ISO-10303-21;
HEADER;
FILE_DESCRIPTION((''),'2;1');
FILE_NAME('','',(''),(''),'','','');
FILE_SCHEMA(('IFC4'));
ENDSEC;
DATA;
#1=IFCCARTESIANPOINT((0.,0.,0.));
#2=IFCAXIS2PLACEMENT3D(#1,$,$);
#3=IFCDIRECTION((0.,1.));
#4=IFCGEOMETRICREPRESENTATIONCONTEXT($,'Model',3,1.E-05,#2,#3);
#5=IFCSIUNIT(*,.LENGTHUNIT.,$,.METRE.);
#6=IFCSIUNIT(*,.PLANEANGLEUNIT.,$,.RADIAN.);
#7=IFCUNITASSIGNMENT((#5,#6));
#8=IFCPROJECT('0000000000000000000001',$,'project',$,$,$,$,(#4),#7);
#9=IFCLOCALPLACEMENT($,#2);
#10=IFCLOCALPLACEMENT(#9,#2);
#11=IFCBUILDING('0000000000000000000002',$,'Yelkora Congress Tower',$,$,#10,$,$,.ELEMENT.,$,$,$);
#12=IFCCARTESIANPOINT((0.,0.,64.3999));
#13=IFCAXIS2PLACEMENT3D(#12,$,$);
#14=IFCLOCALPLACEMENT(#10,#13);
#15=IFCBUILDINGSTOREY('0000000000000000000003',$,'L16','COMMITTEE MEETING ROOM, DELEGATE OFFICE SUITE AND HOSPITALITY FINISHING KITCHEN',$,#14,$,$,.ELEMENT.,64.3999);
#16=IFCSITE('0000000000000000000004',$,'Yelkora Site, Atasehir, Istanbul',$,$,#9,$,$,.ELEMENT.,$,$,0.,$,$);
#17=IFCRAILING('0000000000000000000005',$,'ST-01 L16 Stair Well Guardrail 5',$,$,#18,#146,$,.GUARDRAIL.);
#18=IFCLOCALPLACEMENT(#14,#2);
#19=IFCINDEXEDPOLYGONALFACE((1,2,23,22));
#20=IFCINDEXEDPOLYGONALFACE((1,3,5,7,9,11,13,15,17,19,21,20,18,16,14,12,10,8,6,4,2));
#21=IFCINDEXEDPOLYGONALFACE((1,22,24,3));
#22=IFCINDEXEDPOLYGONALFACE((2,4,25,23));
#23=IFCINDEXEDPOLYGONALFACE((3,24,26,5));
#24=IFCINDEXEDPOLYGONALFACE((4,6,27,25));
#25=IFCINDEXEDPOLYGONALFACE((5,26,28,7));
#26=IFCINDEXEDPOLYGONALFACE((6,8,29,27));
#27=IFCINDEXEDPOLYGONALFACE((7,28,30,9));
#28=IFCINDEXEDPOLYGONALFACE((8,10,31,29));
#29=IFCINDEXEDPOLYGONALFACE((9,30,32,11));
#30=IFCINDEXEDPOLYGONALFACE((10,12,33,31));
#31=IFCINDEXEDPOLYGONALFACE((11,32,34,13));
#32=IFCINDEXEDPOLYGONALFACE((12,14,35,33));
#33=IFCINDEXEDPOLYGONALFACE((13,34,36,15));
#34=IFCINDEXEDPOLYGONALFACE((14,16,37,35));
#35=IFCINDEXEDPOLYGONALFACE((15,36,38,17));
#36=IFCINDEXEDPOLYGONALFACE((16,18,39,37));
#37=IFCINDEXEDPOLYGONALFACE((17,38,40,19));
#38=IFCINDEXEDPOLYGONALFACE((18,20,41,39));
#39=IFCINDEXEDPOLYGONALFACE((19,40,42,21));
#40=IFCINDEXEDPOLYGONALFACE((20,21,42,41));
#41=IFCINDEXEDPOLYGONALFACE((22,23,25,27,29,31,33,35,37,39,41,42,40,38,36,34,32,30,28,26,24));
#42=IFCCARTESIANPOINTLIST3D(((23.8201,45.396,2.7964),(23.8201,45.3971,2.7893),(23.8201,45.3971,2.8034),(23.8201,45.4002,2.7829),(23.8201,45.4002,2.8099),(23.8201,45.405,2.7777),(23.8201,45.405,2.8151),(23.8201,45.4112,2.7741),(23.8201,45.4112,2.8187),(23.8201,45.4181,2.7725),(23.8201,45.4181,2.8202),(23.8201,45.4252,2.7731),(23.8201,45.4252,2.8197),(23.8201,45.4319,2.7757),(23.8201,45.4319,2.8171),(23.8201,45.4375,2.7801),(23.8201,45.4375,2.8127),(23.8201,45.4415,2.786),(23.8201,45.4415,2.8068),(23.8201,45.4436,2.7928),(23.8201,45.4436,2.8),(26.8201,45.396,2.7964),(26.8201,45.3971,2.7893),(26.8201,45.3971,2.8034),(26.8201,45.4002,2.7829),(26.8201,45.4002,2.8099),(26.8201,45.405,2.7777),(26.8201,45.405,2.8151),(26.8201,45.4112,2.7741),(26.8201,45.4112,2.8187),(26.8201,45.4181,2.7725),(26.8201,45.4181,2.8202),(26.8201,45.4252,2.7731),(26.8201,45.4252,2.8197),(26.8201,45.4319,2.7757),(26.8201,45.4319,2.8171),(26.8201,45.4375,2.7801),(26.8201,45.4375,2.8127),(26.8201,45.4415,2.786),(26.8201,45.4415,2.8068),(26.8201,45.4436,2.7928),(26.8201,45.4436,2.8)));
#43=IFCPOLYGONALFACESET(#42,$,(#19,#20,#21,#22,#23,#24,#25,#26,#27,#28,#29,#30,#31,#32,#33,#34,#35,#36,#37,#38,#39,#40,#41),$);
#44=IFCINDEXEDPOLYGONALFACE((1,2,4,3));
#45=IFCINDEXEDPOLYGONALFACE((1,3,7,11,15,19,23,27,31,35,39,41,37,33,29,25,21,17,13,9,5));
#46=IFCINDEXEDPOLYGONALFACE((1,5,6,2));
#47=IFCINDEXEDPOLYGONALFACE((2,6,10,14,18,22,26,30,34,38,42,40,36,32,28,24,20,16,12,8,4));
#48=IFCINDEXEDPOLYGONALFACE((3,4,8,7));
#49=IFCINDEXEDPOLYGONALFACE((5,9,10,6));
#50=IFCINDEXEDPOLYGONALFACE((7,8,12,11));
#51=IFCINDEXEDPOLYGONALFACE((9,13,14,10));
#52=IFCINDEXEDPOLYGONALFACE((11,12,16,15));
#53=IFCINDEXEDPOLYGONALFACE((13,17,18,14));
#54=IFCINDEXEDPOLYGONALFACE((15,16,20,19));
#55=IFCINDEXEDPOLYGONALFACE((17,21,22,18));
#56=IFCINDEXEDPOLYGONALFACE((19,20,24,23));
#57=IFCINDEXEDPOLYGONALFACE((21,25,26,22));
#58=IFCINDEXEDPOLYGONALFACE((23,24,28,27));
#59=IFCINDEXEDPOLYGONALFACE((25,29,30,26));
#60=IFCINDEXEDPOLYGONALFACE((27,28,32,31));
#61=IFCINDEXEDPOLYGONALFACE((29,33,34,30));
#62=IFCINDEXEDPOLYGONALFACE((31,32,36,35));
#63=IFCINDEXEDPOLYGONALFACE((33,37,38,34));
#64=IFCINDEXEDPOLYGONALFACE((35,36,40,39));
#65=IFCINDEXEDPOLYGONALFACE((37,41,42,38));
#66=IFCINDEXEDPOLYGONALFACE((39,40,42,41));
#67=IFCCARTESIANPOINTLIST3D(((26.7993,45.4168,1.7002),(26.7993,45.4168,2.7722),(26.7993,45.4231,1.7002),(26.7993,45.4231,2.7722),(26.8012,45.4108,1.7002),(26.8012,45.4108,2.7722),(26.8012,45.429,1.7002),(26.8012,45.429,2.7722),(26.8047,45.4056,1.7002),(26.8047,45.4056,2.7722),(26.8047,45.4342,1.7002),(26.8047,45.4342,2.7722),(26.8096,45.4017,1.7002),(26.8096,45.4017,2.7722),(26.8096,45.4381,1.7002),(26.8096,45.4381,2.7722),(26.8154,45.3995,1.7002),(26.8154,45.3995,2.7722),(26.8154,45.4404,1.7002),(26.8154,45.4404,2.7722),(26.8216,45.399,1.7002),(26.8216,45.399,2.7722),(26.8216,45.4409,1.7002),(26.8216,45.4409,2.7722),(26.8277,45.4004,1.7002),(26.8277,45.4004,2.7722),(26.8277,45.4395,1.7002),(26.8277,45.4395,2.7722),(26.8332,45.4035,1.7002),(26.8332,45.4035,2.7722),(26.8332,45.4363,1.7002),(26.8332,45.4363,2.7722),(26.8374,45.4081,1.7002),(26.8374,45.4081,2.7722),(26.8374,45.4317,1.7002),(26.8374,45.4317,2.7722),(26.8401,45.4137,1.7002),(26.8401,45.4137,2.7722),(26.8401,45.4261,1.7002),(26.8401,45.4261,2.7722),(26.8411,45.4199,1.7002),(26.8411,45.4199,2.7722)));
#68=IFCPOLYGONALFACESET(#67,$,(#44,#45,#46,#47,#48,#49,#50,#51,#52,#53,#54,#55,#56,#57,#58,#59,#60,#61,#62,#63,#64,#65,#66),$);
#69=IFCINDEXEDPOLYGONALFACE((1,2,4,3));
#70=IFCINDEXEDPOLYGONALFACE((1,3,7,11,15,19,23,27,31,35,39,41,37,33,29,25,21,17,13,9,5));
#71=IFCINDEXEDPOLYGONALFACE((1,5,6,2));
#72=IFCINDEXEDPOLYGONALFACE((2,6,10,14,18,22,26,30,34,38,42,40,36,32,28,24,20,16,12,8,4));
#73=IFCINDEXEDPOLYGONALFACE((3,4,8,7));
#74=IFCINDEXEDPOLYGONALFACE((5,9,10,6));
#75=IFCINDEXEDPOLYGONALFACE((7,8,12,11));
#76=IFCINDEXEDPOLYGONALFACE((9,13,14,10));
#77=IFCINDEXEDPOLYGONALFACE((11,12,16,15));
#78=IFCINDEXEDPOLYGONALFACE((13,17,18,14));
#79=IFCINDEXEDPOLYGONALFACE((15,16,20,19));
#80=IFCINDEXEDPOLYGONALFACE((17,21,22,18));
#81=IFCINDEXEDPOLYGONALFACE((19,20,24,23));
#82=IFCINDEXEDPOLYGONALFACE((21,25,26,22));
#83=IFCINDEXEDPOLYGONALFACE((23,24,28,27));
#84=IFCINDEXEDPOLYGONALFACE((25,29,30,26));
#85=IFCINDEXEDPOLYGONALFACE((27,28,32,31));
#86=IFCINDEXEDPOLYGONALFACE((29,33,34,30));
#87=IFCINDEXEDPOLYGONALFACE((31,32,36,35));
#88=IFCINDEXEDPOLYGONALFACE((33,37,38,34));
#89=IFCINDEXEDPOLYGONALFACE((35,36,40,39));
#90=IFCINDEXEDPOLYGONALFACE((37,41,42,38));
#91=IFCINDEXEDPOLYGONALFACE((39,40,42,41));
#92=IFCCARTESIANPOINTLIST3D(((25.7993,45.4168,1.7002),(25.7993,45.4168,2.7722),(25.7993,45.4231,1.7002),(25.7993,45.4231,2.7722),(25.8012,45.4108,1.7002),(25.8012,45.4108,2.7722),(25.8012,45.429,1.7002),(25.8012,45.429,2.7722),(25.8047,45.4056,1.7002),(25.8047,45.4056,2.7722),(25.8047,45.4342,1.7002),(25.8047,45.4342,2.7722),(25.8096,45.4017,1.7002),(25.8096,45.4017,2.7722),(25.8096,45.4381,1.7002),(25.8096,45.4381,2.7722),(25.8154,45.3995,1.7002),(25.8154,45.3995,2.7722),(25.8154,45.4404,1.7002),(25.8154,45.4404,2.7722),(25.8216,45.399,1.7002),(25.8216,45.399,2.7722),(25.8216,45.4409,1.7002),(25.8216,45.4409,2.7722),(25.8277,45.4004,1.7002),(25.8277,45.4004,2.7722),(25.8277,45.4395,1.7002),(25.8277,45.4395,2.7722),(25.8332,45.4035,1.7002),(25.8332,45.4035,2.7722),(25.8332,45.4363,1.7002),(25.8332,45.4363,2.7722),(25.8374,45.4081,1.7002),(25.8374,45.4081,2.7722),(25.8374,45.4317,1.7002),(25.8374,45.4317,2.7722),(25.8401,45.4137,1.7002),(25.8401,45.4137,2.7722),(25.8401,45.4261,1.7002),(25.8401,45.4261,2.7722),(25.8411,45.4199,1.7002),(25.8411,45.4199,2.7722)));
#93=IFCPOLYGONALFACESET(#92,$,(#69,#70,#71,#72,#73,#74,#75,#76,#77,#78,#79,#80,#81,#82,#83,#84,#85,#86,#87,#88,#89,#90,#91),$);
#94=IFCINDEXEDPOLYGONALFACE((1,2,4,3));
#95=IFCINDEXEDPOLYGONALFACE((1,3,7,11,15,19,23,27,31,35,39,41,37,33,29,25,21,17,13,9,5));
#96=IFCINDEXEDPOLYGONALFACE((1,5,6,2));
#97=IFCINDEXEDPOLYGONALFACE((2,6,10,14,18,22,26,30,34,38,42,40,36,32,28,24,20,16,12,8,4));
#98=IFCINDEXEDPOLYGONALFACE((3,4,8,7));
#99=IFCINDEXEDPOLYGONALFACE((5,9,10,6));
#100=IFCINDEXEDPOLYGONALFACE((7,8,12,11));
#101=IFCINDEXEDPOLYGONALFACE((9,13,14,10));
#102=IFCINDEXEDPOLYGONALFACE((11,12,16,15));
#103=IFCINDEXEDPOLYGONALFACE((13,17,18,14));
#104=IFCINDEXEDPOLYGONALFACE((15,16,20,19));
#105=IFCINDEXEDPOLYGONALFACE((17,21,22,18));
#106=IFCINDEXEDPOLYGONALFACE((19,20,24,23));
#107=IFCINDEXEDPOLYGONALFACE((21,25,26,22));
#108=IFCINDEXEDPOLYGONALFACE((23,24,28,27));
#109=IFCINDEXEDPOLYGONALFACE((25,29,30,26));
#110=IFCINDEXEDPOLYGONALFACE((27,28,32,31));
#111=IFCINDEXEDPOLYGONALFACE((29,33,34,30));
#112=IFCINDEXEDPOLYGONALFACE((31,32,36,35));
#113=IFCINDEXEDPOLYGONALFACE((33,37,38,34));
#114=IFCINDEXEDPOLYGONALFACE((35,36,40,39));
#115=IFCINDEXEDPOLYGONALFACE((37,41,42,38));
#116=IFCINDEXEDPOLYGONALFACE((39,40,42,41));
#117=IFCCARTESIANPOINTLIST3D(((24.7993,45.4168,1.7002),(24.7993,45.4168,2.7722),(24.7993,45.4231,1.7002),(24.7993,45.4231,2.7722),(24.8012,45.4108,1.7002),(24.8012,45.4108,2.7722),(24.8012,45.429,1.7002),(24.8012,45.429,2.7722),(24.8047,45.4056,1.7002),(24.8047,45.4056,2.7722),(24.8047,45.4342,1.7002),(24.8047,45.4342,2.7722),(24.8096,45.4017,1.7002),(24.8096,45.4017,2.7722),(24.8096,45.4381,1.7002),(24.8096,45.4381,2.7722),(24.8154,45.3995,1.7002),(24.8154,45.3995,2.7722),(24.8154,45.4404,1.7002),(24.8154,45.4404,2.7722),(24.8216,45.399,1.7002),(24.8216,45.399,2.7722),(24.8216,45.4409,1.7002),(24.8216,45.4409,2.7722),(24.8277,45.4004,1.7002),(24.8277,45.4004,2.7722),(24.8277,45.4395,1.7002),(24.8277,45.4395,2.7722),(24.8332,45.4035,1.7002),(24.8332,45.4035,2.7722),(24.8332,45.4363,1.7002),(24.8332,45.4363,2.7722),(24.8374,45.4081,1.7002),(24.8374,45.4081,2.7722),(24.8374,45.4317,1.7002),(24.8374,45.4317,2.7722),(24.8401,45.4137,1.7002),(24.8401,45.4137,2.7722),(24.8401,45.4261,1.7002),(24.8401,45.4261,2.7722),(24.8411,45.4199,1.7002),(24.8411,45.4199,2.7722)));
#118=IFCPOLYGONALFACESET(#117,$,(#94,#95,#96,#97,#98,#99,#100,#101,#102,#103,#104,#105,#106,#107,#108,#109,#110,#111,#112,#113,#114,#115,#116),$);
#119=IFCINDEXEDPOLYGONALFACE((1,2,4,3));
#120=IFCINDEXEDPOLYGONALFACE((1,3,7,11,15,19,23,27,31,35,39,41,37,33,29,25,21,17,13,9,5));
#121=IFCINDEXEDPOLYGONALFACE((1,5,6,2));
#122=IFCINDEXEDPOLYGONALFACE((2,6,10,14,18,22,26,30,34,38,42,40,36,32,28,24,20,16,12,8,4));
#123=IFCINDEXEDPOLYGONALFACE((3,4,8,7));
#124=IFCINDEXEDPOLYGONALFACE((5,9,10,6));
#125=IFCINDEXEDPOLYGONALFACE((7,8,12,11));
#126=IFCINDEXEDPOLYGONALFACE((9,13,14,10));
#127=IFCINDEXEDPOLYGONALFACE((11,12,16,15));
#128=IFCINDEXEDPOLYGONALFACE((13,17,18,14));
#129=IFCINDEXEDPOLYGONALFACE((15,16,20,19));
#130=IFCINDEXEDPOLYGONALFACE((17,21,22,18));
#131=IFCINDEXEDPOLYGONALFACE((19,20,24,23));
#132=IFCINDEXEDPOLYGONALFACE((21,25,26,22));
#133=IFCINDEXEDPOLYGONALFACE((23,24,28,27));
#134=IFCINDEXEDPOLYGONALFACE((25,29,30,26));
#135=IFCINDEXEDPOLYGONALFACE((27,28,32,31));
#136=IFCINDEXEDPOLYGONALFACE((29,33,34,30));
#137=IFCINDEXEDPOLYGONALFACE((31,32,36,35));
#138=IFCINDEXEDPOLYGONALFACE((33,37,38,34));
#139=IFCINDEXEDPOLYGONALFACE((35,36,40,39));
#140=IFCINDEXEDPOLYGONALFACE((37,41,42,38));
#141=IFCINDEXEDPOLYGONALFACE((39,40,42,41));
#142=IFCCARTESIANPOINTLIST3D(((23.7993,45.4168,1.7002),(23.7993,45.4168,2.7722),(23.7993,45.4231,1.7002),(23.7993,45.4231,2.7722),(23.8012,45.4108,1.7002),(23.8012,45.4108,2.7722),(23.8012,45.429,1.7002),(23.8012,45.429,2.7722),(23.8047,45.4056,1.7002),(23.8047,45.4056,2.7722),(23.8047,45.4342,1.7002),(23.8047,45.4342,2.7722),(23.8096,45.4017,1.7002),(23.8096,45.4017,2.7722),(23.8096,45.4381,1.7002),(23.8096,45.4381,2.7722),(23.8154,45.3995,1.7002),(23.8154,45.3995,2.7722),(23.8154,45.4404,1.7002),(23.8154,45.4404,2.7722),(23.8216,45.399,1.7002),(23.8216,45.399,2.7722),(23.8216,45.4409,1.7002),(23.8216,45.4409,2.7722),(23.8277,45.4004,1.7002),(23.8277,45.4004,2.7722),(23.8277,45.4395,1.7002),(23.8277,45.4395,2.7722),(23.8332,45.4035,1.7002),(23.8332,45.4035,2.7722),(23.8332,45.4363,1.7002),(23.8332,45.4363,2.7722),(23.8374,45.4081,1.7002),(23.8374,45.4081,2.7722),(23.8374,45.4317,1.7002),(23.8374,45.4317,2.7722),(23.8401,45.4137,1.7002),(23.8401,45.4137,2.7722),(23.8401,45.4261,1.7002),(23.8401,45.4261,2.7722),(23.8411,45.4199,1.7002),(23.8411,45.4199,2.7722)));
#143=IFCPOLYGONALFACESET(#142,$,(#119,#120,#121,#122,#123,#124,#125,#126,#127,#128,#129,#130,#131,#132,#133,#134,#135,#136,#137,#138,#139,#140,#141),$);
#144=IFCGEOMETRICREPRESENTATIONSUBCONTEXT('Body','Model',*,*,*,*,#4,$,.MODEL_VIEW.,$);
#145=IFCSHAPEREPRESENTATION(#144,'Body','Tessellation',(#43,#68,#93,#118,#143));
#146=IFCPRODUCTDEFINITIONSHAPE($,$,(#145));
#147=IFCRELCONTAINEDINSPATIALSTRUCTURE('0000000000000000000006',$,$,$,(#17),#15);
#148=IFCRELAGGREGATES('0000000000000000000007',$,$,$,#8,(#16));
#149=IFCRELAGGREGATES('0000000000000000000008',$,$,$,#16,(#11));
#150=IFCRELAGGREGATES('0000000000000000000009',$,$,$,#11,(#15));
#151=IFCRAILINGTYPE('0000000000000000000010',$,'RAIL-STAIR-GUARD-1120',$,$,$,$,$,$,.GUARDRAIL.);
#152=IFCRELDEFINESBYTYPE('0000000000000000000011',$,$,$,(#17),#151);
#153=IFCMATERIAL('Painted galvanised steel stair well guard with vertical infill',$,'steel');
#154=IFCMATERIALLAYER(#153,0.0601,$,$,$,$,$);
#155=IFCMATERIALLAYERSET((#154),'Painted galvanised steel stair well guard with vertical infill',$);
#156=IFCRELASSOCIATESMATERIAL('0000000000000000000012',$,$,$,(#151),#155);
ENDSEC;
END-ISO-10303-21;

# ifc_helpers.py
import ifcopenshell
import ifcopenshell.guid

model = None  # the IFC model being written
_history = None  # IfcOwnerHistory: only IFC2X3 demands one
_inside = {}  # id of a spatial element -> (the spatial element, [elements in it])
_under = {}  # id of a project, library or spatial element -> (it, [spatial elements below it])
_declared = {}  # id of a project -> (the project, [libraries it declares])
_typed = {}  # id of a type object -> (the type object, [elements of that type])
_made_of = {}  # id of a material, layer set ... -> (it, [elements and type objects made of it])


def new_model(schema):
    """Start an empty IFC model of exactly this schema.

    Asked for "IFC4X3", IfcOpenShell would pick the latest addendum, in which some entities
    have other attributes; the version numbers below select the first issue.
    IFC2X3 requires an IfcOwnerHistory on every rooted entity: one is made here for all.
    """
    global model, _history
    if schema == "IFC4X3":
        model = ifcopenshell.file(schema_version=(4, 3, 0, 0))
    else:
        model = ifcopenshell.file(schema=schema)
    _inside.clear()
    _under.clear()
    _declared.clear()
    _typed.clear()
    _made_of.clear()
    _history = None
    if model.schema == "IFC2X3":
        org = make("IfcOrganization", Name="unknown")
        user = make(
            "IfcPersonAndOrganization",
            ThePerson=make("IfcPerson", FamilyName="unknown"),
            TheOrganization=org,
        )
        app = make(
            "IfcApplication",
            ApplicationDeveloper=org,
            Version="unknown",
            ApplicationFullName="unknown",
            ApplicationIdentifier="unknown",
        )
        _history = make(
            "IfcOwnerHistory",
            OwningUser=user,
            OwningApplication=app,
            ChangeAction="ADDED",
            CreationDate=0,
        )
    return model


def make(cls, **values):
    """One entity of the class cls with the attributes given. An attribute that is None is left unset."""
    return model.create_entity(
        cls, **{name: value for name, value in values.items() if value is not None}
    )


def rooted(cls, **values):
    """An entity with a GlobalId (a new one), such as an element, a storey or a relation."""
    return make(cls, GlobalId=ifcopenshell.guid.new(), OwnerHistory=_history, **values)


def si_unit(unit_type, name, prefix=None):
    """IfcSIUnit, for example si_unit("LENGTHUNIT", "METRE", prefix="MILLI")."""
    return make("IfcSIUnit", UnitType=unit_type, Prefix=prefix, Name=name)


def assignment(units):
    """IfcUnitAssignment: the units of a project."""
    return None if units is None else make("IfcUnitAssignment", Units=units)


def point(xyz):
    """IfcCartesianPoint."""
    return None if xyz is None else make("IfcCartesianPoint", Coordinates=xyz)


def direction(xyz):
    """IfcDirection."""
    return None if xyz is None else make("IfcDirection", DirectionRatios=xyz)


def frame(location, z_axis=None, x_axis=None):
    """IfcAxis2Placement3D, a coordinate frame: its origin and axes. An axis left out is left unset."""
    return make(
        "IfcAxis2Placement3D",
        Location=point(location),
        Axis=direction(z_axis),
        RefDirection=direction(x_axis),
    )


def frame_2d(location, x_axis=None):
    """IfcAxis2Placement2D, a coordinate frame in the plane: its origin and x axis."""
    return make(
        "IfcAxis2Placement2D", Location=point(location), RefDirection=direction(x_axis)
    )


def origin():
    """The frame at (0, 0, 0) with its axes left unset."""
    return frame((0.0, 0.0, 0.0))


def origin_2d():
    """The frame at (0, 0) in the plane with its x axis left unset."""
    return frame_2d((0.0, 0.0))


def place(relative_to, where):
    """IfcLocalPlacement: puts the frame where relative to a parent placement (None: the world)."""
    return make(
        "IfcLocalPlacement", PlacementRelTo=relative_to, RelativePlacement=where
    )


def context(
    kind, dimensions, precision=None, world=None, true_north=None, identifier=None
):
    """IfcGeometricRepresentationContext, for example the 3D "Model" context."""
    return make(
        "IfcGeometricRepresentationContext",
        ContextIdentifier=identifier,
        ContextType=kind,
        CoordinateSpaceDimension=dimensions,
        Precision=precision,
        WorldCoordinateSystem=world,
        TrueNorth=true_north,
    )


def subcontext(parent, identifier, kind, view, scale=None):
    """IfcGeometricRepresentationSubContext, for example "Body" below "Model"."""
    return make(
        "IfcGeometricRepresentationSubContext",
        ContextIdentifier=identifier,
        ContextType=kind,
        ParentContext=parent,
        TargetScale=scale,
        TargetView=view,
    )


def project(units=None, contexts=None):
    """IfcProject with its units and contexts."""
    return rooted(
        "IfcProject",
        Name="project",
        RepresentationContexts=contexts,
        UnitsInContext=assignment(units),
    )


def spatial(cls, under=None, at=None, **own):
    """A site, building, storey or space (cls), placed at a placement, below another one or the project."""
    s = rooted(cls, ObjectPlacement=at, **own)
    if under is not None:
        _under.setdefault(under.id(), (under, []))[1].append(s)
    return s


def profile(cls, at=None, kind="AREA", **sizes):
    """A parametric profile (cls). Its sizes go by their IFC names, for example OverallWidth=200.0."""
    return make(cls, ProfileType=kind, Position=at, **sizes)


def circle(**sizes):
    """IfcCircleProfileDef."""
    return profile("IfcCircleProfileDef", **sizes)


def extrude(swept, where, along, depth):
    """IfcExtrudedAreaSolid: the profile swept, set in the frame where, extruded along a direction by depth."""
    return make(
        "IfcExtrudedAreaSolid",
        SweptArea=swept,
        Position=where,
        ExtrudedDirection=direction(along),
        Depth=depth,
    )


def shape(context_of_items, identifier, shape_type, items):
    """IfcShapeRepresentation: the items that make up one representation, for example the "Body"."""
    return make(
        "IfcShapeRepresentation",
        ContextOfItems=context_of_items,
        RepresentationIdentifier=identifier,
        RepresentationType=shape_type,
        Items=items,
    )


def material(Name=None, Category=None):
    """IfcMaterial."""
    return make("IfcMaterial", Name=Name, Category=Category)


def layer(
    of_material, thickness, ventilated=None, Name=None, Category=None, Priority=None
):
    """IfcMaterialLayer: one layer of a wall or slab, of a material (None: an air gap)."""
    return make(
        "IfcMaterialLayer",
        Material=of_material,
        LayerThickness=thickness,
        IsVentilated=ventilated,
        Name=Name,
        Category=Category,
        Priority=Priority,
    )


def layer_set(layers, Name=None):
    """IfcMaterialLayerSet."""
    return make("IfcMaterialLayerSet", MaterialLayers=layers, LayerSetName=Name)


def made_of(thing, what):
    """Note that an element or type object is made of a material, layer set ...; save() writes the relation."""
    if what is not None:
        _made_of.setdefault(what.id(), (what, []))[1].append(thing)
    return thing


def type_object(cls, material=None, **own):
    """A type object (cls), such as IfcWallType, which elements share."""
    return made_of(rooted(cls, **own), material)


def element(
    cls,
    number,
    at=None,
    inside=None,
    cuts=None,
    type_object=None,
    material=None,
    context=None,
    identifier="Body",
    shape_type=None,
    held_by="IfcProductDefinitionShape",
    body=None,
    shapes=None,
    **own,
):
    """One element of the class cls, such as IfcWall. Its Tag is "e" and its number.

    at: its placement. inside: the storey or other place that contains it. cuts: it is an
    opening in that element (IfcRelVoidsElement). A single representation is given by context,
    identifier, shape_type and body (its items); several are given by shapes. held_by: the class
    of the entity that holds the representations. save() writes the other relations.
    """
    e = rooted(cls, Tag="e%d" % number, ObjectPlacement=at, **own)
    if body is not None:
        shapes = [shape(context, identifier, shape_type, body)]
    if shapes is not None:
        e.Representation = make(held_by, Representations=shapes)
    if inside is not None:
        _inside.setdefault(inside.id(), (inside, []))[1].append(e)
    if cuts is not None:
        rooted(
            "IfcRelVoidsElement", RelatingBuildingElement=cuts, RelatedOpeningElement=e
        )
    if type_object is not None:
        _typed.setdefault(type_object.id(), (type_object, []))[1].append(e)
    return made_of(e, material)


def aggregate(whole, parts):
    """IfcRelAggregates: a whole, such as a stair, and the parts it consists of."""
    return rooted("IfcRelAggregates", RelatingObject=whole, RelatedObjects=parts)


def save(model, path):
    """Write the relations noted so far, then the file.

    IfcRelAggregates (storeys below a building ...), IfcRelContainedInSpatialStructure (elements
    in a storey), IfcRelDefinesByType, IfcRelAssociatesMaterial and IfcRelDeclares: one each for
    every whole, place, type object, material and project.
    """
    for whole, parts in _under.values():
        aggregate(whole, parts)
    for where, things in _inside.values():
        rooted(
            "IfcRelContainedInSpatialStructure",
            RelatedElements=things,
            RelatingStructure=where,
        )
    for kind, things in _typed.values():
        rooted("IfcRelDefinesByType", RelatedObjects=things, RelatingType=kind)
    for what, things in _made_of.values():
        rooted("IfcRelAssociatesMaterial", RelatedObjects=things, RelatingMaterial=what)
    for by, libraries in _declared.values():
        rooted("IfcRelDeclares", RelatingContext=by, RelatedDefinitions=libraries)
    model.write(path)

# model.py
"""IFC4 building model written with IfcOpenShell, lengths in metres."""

from ifc_helpers import new_model, si_unit, direction, frame, origin, origin_2d, place, context, subcontext, project, spatial, circle, extrude, material, layer, layer_set, type_object, element, save


model = new_model("IFC4")

# Units and contexts
model_context = context("Model", 3, precision=1e-05, world=origin(), true_north=direction((0.0, 1.0)))
body_context = subcontext(model_context, "Body", "Model", "MODEL_VIEW")
ifc_project = project(units=[si_unit("LENGTHUNIT", "METRE"), si_unit("PLANEANGLEUNIT", "RADIAN")], contexts=[model_context])

# Site, building, storey
site_placement = place(None, origin())
site = spatial("IfcSite", under=ifc_project, at=site_placement, Name="Yelkora Site, Atasehir, Istanbul", CompositionType="ELEMENT", RefElevation=0.0)
building_placement = place(site_placement, origin())
building = spatial("IfcBuilding", under=site, at=building_placement, Name="Yelkora Congress Tower", CompositionType="ELEMENT")
storey_placement = place(building_placement, frame((0.0, 0.0, 64.3999)))
storey = spatial("IfcBuildingStorey", under=building, at=storey_placement, Name="L16", Description="COMMITTEE MEETING ROOM, DELEGATE OFFICE SUITE AND HOSPITALITY FINISHING KITCHEN", CompositionType="ELEMENT", Elevation=64.3999)

# Railing
ifc_material_1 = material(Name="Painted galvanised steel stair well guard with vertical infill", Category="steel")
ifc_layer_1 = layer(ifc_material_1, 0.0601)
ifc_layer_set_1 = layer_set([ifc_layer_1], Name="Painted galvanised steel stair well guard with vertical infill")
railing_type_1 = type_object("IfcRailingType", Name="RAIL-STAIR-GUARD-1120", PredefinedType="GUARDRAIL", material=ifc_layer_set_1)
railing_1_placement = place(storey_placement, frame((26.8201, 45.4199, 1.7002)))
element("IfcRailing", 1, at=railing_1_placement, inside=storey, type_object=railing_type_1, Name="ST-01 L16 Stair Well Guardrail 5", PredefinedType="GUARDRAIL", context=body_context, shape_type="SweptSolid", body=[
    extrude(circle(Radius=0.0239, at=origin_2d()), frame((0.0, 0.0, 1.0962), z_axis=(-1.0, 0.0, 0.0), x_axis=(0.0, -1.0, 0.0)), (0.0, 0.0, 1.0), 3.0),
    extrude(circle(Radius=0.021, at=origin_2d()), origin(), (0.0, 0.0, 1.0), 1.072),
    extrude(circle(Radius=0.021, at=origin_2d()), frame((-1.0, 0.0, 0.0)), (0.0, 0.0, 1.0), 1.072),
    extrude(circle(Radius=0.021, at=origin_2d()), frame((-2.0, 0.0, 0.0)), (0.0, 0.0, 1.0), 1.072),
    extrude(circle(Radius=0.021, at=origin_2d()), frame((-3.0, 0.0, 0.0)), (0.0, 0.0, 1.0), 1.072),
])

save(model, "model.ifc")
